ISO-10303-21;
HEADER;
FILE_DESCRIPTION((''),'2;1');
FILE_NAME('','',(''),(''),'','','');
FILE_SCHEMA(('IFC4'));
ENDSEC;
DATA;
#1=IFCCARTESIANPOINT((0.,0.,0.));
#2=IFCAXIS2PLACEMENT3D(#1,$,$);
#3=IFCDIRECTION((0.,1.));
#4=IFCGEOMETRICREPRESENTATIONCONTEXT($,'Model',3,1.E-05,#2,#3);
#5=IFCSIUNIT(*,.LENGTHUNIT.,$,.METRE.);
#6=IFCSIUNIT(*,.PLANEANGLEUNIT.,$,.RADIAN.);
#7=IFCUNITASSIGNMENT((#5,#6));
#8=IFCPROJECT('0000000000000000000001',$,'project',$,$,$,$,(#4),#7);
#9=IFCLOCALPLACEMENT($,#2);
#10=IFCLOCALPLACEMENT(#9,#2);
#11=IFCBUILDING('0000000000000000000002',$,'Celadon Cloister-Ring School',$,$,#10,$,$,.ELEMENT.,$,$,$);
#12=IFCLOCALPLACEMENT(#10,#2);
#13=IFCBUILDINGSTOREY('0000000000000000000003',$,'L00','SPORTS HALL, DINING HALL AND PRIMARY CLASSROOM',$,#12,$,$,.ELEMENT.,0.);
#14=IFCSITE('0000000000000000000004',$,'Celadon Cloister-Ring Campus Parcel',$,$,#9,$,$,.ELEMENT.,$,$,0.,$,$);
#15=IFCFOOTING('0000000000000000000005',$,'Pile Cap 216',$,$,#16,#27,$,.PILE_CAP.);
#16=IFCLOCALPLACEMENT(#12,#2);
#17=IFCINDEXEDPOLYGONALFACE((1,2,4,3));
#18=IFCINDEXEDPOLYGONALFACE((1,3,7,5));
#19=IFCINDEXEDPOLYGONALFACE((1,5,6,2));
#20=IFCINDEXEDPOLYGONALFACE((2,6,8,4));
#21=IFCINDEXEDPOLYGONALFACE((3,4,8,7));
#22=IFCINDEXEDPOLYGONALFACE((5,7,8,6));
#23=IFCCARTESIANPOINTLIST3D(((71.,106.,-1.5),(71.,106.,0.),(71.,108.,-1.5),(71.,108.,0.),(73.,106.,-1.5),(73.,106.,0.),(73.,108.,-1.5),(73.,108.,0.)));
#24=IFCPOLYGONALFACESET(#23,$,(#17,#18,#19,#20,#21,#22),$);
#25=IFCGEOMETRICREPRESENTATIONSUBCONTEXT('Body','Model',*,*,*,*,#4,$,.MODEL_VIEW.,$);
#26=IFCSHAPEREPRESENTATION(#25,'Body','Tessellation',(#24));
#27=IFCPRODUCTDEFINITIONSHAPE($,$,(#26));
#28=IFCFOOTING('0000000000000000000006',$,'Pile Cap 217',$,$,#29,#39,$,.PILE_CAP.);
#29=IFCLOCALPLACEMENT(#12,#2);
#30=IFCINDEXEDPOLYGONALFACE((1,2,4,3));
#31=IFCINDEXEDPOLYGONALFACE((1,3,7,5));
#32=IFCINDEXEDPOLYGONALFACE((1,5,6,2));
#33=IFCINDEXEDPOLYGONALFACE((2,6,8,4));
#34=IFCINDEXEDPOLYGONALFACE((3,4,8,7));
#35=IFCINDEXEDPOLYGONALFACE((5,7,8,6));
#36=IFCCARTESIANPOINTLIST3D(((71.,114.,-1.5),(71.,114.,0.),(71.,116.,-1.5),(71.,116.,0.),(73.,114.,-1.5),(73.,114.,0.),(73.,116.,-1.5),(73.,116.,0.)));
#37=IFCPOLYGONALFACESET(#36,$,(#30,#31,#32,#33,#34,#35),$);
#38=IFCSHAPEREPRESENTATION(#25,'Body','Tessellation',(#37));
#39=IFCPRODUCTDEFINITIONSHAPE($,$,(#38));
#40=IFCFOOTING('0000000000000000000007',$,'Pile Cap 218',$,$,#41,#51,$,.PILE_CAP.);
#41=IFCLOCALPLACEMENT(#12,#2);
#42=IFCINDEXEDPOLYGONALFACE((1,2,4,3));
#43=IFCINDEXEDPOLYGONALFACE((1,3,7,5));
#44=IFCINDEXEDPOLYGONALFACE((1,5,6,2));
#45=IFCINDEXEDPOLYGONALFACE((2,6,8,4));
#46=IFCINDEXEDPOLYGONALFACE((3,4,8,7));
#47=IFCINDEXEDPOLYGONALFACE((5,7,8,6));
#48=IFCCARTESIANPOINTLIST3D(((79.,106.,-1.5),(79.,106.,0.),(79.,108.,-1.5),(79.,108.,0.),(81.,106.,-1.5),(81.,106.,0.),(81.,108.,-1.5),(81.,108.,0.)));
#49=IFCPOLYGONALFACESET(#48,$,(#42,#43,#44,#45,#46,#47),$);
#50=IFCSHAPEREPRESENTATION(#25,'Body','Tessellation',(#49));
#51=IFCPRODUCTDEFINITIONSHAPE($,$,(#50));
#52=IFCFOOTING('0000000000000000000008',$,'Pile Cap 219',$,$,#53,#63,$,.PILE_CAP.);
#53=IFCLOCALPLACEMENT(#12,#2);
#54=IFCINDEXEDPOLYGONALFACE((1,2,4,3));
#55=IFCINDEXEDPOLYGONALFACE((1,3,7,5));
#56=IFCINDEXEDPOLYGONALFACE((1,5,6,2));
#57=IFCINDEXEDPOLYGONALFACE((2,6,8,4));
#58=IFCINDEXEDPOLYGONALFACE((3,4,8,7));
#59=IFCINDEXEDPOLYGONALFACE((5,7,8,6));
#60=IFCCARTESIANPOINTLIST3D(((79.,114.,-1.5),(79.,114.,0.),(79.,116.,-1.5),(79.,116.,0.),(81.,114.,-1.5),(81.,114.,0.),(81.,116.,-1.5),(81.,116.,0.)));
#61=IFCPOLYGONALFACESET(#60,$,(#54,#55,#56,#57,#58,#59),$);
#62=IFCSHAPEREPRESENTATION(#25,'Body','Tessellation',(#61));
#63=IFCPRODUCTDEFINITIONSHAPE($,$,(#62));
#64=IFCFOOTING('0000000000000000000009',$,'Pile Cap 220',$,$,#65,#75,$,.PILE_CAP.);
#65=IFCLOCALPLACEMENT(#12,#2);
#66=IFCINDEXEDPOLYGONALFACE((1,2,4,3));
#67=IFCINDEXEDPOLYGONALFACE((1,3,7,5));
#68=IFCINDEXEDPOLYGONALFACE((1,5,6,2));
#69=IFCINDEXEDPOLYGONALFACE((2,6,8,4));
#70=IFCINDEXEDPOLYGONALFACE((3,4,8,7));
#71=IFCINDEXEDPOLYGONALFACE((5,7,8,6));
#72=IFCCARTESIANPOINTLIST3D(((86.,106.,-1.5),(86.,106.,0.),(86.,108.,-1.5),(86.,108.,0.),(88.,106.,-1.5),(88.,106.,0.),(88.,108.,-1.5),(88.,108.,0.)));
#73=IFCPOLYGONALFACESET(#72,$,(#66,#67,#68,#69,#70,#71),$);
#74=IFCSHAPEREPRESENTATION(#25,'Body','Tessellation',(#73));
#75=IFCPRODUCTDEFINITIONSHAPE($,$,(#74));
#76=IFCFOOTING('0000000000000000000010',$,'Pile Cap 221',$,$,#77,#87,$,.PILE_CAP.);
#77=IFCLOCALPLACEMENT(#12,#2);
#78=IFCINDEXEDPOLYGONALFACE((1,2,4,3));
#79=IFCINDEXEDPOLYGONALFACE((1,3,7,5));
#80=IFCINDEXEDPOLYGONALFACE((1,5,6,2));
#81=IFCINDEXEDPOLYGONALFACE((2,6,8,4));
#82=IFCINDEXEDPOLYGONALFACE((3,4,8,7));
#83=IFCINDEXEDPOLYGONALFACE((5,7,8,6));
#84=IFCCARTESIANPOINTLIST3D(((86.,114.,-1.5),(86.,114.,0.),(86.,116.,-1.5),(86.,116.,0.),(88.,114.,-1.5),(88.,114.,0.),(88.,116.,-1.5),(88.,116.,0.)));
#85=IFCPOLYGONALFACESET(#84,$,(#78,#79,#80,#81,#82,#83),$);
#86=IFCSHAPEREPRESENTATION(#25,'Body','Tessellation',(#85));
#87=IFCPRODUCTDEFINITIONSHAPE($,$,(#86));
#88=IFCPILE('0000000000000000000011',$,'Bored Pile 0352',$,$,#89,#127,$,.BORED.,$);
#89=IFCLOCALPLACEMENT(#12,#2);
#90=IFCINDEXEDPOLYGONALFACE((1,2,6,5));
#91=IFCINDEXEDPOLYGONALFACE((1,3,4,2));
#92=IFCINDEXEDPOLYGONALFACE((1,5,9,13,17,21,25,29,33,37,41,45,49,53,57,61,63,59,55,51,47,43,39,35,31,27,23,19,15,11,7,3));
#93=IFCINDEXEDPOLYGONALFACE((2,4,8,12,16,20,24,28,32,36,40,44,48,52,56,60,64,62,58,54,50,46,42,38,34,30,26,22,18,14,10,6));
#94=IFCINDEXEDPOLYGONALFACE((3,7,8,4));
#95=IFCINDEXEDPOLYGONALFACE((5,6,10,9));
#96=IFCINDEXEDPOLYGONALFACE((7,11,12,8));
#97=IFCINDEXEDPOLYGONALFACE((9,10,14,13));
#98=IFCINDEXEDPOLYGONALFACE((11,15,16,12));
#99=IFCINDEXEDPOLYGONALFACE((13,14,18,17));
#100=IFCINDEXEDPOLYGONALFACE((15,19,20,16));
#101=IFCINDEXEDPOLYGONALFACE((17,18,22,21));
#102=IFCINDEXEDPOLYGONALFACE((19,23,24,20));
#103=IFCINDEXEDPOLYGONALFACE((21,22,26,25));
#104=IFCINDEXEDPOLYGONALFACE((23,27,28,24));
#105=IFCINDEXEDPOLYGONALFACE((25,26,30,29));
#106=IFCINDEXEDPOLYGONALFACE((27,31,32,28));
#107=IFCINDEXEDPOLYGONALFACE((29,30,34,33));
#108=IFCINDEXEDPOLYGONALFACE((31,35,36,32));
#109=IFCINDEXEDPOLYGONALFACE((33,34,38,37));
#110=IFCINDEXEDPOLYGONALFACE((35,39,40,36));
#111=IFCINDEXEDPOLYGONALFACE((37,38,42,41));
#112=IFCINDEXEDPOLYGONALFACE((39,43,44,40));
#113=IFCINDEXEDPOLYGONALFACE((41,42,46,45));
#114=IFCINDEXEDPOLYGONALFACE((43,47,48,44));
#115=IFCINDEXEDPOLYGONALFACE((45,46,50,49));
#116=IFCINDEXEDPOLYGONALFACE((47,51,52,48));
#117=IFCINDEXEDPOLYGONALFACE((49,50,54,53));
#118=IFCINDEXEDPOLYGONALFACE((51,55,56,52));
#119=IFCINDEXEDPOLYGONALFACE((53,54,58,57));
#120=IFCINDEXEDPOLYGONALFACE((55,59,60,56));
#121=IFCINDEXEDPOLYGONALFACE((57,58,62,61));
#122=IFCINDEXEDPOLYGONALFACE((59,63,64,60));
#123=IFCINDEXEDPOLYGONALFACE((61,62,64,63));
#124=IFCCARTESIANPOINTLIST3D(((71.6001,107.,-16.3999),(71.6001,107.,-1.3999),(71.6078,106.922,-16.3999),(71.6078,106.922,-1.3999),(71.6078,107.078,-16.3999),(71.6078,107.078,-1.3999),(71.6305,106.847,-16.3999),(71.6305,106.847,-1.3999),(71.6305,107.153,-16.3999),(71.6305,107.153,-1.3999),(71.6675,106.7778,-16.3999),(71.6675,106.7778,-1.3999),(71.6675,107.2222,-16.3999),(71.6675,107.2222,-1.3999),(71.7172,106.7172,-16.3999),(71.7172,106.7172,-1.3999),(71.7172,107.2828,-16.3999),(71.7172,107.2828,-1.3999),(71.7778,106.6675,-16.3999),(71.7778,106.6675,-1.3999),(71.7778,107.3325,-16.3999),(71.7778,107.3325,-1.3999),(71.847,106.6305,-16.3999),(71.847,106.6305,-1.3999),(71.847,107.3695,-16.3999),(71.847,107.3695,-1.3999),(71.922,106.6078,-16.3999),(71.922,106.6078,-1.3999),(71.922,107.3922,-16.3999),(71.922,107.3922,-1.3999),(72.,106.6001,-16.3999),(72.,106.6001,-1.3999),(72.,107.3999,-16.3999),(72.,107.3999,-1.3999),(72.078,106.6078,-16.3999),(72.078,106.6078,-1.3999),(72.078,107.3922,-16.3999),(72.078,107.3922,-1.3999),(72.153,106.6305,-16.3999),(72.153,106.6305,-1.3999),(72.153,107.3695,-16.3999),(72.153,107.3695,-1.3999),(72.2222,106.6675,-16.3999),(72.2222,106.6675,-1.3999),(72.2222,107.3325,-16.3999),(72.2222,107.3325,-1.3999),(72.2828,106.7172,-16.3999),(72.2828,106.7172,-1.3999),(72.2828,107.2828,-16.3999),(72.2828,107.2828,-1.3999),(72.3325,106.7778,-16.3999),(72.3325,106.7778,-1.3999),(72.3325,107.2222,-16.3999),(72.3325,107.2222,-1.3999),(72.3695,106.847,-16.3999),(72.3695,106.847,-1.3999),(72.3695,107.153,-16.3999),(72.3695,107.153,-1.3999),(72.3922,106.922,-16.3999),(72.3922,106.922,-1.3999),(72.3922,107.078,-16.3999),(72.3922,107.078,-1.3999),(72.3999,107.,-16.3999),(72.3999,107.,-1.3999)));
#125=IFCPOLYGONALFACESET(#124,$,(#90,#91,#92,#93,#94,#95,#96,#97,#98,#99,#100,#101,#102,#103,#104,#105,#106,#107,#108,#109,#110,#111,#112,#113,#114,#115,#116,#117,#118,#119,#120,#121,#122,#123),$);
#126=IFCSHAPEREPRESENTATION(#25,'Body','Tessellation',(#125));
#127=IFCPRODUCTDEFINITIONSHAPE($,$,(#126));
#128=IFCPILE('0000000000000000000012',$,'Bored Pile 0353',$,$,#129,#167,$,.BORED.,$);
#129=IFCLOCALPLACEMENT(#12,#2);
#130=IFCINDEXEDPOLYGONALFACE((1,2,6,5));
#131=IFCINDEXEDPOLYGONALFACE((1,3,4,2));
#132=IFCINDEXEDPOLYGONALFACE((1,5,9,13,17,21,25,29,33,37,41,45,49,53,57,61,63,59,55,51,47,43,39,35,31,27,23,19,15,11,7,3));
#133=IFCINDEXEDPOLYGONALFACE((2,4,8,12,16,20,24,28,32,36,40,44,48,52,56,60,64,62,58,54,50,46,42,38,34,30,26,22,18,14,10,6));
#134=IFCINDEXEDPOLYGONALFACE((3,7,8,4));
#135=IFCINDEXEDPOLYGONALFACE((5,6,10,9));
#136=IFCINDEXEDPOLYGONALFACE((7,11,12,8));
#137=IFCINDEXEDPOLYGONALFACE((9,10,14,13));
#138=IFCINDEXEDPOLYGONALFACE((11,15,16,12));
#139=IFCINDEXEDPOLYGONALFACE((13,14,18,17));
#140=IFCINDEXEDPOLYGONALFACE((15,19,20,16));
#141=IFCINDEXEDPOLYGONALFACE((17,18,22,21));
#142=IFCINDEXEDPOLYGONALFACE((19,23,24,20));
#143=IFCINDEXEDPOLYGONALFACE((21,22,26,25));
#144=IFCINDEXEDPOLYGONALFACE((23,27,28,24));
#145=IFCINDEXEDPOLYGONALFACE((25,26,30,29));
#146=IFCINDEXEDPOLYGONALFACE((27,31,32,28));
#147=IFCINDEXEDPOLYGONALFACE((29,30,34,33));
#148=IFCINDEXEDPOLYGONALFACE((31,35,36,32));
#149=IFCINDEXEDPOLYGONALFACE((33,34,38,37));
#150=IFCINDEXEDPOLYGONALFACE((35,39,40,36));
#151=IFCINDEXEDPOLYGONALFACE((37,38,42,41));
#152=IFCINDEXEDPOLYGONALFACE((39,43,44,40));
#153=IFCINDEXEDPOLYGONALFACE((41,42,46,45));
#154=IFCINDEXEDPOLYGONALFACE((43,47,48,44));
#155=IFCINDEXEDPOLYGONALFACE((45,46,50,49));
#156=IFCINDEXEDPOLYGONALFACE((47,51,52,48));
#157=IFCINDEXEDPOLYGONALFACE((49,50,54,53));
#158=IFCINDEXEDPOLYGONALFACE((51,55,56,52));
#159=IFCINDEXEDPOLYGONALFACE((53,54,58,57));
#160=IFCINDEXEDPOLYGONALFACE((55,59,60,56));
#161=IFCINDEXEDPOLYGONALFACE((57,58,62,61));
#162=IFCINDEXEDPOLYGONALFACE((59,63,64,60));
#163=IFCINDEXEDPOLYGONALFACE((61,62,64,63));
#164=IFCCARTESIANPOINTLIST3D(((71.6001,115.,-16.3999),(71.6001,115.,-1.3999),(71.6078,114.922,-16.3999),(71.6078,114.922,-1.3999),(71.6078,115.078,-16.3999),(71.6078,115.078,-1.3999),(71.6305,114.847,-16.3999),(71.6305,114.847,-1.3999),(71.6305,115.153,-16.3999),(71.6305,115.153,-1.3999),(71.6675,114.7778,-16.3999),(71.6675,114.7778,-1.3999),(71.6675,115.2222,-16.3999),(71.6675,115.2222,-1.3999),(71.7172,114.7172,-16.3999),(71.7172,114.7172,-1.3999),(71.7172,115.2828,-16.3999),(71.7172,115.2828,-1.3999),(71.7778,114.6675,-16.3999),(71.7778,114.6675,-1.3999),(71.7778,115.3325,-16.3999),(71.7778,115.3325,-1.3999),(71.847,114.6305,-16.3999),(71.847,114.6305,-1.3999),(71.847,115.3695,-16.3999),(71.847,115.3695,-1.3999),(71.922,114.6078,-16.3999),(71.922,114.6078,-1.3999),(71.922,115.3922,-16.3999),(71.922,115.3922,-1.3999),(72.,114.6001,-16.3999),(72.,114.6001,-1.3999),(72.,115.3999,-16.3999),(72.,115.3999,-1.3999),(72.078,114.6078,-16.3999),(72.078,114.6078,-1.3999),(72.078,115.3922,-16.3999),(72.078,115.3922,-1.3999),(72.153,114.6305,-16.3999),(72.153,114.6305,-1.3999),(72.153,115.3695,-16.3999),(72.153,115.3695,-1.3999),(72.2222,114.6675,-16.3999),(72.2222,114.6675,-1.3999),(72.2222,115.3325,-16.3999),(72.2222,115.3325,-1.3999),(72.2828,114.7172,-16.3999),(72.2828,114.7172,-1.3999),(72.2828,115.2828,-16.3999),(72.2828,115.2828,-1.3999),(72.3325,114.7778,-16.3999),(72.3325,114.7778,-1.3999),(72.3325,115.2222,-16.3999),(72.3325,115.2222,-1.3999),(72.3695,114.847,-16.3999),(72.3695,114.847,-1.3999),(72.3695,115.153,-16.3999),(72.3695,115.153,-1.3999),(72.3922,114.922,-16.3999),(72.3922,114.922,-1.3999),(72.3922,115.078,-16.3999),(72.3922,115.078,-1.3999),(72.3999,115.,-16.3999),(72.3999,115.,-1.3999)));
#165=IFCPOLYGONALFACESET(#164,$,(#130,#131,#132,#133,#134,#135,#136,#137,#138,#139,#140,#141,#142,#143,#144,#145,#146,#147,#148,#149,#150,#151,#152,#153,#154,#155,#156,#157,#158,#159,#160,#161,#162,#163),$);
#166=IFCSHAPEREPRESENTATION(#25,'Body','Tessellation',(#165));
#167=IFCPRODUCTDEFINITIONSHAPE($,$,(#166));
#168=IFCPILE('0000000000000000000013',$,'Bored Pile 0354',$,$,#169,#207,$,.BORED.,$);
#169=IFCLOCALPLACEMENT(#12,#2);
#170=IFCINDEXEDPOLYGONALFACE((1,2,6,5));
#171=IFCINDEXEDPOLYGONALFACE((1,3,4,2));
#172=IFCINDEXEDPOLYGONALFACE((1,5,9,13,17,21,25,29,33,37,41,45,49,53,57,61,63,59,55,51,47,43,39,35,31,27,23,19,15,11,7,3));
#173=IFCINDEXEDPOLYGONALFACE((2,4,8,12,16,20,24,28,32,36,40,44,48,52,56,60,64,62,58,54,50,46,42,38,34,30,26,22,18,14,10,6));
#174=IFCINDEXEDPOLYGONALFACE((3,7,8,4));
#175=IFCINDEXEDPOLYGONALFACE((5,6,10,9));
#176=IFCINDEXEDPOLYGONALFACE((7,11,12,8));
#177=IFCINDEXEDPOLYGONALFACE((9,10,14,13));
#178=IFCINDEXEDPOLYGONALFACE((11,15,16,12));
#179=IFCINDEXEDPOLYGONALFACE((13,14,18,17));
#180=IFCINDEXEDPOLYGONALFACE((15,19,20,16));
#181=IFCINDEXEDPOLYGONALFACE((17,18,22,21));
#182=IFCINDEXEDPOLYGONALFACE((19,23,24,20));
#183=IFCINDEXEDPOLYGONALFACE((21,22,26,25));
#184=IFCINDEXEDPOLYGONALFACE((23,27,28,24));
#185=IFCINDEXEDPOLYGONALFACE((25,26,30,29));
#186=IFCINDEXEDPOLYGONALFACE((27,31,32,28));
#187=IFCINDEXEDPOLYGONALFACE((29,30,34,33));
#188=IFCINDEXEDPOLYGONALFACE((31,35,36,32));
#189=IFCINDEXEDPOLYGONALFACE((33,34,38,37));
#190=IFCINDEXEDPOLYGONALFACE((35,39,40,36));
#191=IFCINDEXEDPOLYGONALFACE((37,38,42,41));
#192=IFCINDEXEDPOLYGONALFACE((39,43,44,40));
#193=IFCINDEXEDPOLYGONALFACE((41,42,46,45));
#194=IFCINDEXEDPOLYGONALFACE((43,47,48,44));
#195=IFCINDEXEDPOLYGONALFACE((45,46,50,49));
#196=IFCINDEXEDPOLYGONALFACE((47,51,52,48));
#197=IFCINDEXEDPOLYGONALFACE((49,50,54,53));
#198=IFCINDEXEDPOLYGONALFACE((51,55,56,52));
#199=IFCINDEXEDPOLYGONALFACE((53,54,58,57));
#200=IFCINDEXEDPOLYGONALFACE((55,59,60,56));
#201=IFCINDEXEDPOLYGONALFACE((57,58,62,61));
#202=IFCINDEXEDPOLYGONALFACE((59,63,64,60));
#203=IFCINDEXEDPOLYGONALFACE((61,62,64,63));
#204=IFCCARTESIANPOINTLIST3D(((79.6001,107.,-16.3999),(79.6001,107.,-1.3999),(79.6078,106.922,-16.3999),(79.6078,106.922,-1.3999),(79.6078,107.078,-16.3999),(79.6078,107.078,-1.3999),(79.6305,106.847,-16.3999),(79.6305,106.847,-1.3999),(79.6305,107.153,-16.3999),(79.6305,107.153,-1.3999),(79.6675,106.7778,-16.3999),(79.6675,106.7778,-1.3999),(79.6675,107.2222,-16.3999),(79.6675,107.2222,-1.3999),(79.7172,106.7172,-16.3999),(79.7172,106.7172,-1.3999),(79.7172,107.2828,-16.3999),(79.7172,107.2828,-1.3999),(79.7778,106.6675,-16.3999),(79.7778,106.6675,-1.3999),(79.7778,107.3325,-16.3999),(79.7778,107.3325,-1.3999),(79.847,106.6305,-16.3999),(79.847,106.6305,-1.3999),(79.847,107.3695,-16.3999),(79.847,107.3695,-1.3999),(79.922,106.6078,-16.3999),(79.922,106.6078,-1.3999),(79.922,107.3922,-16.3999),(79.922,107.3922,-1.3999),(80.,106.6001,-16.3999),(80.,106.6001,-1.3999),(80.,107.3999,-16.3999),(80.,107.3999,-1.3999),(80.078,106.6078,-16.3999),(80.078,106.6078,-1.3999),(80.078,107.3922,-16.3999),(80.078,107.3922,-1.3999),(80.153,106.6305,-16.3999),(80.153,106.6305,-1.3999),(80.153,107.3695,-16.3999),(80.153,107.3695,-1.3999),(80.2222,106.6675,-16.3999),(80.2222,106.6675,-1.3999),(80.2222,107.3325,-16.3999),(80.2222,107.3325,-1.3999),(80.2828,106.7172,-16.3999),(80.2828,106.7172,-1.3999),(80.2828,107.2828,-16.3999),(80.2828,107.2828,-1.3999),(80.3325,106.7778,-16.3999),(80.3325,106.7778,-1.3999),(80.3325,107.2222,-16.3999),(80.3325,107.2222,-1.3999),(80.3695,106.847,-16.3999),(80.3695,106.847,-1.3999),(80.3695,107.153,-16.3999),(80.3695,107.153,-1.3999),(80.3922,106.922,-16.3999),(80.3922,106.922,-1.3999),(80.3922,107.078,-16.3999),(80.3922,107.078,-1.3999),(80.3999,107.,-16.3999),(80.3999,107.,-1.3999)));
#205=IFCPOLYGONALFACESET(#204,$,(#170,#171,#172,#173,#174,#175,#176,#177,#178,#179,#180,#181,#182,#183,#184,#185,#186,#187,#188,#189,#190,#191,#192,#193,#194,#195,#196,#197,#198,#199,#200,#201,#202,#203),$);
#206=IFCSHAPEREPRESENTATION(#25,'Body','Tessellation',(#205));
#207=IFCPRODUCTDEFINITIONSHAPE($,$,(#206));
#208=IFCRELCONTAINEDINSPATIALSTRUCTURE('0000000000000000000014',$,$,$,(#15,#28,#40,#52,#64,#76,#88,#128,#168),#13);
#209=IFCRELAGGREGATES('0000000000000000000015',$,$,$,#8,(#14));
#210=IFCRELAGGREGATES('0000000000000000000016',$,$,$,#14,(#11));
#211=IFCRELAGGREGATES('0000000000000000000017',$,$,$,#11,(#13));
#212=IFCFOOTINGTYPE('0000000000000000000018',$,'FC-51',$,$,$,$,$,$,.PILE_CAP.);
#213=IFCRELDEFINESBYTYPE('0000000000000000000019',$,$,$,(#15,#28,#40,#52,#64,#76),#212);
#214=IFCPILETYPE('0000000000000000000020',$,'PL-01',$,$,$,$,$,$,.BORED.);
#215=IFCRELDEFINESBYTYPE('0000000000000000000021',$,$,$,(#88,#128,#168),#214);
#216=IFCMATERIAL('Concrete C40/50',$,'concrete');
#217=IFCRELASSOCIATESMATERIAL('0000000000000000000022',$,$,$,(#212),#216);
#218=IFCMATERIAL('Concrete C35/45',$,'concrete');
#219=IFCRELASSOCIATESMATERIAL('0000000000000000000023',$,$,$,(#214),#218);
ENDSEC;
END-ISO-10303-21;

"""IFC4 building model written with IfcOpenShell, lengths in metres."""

from ifc_helpers import new_model, si_unit, direction, frame, origin, origin_2d, place, context, subcontext, project, spatial, rectangle, circle, extrude, material, material_profile, profile_set, type_object, element, save


model = new_model("IFC4")

# Units and contexts
model_context = context("Model", 3, precision=1e-05, world=origin(), true_north=direction((0.0, 1.0)))
body_context = subcontext(model_context, "Body", "Model", "MODEL_VIEW")
ifc_project = project(units=[si_unit("LENGTHUNIT", "METRE"), si_unit("PLANEANGLEUNIT", "RADIAN")], contexts=[model_context])

# Site, building, storey
site_placement = place(None, origin())
site = spatial("IfcSite", under=ifc_project, at=site_placement, Name="Celadon Cloister-Ring Campus Parcel", CompositionType="ELEMENT", RefElevation=0.0)
building_placement = place(site_placement, origin())
building = spatial("IfcBuilding", under=site, at=building_placement, Name="Celadon Cloister-Ring School", CompositionType="ELEMENT")
storey_placement = place(building_placement, origin())
storey = spatial("IfcBuildingStorey", under=building, at=storey_placement, Name="L00", Description="SPORTS HALL, DINING HALL AND PRIMARY CLASSROOM", CompositionType="ELEMENT", Elevation=0.0)

# Footings
ifc_material_1 = material(Name="Concrete C40/50", Category="concrete")
footing_type = type_object("IfcFootingType", Name="FC-51", PredefinedType="PILE_CAP", material=ifc_material_1)
for number, where, z_axis, x_axis, name in (
    (1, (72.0, 107.0, -1.5), (0.0, 0.0, 1.0), (1.0, 0.0, 0.0), "Pile Cap 216"),
    (2, (72.0, 115.0, -1.5), (0.0, 0.0, 1.0), (1.0, 0.0, 0.0), "Pile Cap 217"),
    (3, (80.0, 107.0, -1.5), (0.0, 0.0, 1.0), (1.0, 0.0, 0.0), "Pile Cap 218"),
    (4, (80.0, 115.0, -1.5), (0.0, 0.0, 1.0), (1.0, 0.0, 0.0), "Pile Cap 219"),
    (5, (87.0, 107.0, -1.5), (0.0, 0.0, 1.0), (1.0, 0.0, 0.0), "Pile Cap 220"),
    (6, (87.0, 115.0, -1.5), (0.0, 0.0, 1.0), (1.0, 0.0, 0.0), "Pile Cap 221"),
):
    element("IfcFooting", number, at=place(storey_placement, frame(where, z_axis=z_axis, x_axis=x_axis)), inside=storey, type_object=footing_type, Name=name, PredefinedType="PILE_CAP", context=body_context, shape_type="SweptSolid", body=[
        extrude(rectangle(XDim=2.0, YDim=2.0, at=origin_2d()), origin(), (0.0, 0.0, 1.0), 1.5),
    ])

# Piles
ifc_material_2 = material(Name="Concrete C35/45", Category="concrete")
ifc_material_profile_1 = material_profile(ifc_material_2, circle(Radius=0.3999, at=origin_2d()), Name="PILE800")
ifc_profile_set_1 = profile_set([ifc_material_profile_1], Name="Concrete C35/45")
pile_type = type_object("IfcPileType", Name="PL-01", PredefinedType="BORED", material=ifc_profile_set_1)
for number, where, z_axis, x_axis, name in (
    (7, (72.0, 107.0, -1.3999), (0.0, 0.0, -1.0), (1.0, 0.0, 0.0), "Bored Pile 0352"),
    (8, (72.0, 115.0, -1.3999), (0.0, 0.0, -1.0), (1.0, 0.0, 0.0), "Bored Pile 0353"),
    (9, (80.0, 107.0, -1.3999), (0.0, 0.0, -1.0), (1.0, 0.0, 0.0), "Bored Pile 0354"),
):
    element("IfcPile", number, at=place(storey_placement, frame(where, z_axis=z_axis, x_axis=x_axis)), inside=storey, type_object=pile_type, Name=name, PredefinedType="BORED", context=body_context, shape_type="SweptSolid", body=[
        extrude(circle(Radius=0.3999, at=origin_2d()), origin(), (0.0, 0.0, 1.0), 15.0),
    ])

save(model, "model.ifc")
